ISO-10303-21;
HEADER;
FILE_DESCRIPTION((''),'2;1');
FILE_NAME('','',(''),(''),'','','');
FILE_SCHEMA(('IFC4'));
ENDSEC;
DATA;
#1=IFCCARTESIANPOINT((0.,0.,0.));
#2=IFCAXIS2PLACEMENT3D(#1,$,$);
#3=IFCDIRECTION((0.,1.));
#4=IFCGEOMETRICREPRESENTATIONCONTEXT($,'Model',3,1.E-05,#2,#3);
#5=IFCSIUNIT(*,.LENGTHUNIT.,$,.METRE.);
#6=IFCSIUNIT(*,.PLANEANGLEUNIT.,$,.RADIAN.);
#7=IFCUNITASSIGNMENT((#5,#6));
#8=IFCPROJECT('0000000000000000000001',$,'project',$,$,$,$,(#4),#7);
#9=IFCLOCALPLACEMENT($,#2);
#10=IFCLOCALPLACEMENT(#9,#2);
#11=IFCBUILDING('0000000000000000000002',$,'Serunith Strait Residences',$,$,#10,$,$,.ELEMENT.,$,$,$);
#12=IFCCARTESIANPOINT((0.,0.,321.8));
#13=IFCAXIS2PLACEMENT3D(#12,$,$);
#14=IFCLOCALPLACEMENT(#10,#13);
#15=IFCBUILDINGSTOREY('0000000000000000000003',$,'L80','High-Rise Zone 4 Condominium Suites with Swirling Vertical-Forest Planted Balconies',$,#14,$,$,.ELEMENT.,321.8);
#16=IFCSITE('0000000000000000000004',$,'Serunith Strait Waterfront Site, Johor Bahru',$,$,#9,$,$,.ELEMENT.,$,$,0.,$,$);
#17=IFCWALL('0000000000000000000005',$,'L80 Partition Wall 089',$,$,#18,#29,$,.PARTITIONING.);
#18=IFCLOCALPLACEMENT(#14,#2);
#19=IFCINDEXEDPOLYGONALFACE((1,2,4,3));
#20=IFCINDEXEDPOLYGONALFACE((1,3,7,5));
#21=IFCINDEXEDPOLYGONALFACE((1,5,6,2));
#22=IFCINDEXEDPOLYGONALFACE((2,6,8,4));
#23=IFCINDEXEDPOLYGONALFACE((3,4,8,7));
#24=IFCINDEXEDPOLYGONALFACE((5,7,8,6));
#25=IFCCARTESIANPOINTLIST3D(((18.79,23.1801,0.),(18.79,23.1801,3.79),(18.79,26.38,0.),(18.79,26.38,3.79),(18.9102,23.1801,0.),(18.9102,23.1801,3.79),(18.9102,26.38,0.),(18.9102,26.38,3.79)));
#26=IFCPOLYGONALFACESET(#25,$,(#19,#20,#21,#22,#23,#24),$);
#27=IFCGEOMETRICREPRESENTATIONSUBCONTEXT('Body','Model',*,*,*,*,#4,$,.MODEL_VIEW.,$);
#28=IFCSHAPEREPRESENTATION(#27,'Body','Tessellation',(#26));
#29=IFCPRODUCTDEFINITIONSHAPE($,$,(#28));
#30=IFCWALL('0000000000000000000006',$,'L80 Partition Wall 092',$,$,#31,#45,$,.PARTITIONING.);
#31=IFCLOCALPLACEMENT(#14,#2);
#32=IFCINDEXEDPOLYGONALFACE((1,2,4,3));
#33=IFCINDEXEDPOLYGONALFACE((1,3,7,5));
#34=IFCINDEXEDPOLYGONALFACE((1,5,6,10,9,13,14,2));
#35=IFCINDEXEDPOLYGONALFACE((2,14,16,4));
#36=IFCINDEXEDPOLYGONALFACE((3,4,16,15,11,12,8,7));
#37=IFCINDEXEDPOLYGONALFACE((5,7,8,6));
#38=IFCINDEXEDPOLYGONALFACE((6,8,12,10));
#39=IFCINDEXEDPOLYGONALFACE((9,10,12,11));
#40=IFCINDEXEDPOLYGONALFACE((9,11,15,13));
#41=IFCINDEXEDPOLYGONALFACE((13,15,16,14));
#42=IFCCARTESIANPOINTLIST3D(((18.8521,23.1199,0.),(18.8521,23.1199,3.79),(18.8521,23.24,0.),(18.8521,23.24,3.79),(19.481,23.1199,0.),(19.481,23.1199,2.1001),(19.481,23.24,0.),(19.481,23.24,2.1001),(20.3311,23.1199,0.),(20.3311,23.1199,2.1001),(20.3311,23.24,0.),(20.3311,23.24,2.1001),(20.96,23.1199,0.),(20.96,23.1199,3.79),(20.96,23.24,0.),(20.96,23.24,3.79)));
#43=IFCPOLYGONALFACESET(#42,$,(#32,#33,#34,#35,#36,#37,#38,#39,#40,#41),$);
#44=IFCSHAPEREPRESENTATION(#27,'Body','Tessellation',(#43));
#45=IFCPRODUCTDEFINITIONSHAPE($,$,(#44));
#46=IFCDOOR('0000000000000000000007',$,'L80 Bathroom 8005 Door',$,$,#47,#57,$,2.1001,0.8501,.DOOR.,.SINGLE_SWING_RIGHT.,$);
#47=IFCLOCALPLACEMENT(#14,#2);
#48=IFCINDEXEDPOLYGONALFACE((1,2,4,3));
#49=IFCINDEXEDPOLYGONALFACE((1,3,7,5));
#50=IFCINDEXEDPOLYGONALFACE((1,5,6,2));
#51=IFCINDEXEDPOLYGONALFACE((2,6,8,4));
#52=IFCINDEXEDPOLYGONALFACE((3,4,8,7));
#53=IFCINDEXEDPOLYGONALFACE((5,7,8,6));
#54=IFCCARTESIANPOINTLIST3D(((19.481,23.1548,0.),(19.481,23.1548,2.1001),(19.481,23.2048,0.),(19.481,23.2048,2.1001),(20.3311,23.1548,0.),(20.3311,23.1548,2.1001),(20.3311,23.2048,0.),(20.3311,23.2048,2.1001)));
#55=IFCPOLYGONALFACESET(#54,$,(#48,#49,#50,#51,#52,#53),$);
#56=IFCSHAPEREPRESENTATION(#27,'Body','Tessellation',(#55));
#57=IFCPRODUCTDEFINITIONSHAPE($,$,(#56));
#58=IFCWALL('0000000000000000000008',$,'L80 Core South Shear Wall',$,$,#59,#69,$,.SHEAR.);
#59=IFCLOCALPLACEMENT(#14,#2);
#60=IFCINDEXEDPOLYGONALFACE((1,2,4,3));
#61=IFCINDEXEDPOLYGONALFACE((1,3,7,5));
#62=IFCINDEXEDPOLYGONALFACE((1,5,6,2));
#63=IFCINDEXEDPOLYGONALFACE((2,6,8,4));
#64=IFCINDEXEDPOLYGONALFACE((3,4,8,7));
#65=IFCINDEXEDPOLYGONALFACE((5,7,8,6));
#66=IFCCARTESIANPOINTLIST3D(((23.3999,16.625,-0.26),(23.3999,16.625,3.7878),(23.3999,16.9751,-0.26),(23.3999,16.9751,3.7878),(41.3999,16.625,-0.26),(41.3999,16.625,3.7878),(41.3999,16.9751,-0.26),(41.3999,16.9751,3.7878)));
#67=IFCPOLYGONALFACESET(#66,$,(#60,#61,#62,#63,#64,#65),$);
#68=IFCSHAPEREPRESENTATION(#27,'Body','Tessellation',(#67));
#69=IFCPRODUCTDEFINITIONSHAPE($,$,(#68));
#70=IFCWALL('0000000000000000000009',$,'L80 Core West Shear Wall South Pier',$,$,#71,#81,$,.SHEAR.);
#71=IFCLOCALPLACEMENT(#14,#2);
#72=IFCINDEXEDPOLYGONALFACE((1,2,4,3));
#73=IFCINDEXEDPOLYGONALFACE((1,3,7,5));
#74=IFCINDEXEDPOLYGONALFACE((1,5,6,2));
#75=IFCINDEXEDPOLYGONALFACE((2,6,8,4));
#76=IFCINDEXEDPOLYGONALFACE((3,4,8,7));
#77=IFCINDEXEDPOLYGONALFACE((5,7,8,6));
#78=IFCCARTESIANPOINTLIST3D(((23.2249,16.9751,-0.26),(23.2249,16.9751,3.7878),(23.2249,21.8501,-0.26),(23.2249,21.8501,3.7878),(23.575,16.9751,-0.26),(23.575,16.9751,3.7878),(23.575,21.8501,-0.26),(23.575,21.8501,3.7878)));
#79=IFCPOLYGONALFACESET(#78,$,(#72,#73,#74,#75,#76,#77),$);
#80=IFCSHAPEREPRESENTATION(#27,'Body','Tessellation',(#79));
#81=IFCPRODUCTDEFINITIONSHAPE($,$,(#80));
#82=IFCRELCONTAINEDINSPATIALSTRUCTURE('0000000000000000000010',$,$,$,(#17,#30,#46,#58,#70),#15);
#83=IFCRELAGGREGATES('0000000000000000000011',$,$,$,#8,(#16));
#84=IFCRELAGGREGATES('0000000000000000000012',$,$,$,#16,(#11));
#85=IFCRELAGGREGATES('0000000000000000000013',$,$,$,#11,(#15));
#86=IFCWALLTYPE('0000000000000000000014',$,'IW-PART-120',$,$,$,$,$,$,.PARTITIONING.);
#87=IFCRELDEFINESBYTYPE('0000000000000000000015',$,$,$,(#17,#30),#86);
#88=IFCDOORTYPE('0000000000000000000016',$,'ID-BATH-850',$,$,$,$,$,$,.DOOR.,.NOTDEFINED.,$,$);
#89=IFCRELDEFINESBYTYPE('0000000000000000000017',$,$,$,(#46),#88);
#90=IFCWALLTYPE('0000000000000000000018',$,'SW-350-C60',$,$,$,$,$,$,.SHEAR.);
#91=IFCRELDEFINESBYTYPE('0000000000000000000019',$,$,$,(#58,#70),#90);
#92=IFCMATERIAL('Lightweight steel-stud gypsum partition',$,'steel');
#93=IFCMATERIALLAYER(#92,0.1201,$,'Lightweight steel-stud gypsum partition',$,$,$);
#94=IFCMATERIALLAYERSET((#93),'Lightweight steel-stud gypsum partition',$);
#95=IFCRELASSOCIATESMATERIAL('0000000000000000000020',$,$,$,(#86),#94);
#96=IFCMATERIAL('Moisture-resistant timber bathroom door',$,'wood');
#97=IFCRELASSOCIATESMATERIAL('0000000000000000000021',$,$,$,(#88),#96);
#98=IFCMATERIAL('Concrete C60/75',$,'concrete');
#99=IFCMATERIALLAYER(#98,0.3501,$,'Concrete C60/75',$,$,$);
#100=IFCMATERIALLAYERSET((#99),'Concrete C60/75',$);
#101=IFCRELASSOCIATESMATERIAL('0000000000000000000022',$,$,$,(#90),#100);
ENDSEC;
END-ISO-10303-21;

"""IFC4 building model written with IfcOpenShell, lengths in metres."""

from ifc_helpers import new_model, si_unit, direction, frame, frame_2d, origin, place, context, subcontext, project, spatial, rectangle, extrude, source, transform, mapped, material, layer, layer_set, type_object, element, fill, save


model = new_model("IFC4")

# Units and contexts
model_context = context("Model", 3, precision=1e-05, world=origin(), true_north=direction((0.0, 1.0)))
body_context = subcontext(model_context, "Body", "Model", "MODEL_VIEW")
ifc_project = project(units=[si_unit("LENGTHUNIT", "METRE"), si_unit("PLANEANGLEUNIT", "RADIAN")], contexts=[model_context])

# Site, building, storey
site_placement = place(None, origin())
site = spatial("IfcSite", under=ifc_project, at=site_placement, Name="Serunith Strait Waterfront Site, Johor Bahru", CompositionType="ELEMENT", RefElevation=0.0)
building_placement = place(site_placement, origin())
building = spatial("IfcBuilding", under=site, at=building_placement, Name="Serunith Strait Residences", CompositionType="ELEMENT")
storey_placement = place(building_placement, frame((0.0, 0.0, 321.8)))
storey = spatial("IfcBuildingStorey", under=building, at=storey_placement, Name="L80", Description="High-Rise Zone 4 Condominium Suites with Swirling Vertical-Forest Planted Balconies", CompositionType="ELEMENT", Elevation=321.8)

# Shared definitions
ifc_material_1 = material(Name="Lightweight steel-stud gypsum partition", Category="steel")
ifc_layer_1 = layer(ifc_material_1, 0.1201, Name="Lightweight steel-stud gypsum partition")
ifc_layer_set_1 = layer_set([ifc_layer_1], Name="Lightweight steel-stud gypsum partition")
wall_type_1 = type_object("IfcWallType", Name="IW-PART-120", PredefinedType="PARTITIONING", material=ifc_layer_set_1)
shared_shape_1 = source(origin(), body_context, "Body", "SweptSolid", [
    extrude(rectangle(XDim=0.8501, YDim=2.1001, at=frame_2d((0.425, 1.05))), frame((0.0, 0.0249, 0.0), z_axis=(0.0, -1.0, 0.0), x_axis=(1.0, 0.0, 0.0)), (0.0, 0.0, 1.0), 0.05),
])

# Wall
wall_1_placement = place(storey_placement, frame((18.8501, 23.1799, 0.0), z_axis=(0.0, 0.0, 1.0), x_axis=(0.0, 1.0, 0.0)))
element("IfcWall", 1, at=wall_1_placement, inside=storey, type_object=wall_type_1, Name="L80 Partition Wall 089", PredefinedType="PARTITIONING", context=body_context, shape_type="SweptSolid", body=[
    extrude(rectangle(XDim=3.2, YDim=0.1201, at=frame_2d((1.6001, 0.0))), origin(), (0.0, 0.0, 1.0), 3.79),
])

# Wall, opening, door
wall_2_placement = place(storey_placement, frame((18.8521, 23.1799, 0.0), z_axis=(0.0, 0.0, 1.0), x_axis=(1.0, 0.0, 0.0)))
wall_2 = element("IfcWall", 2, at=wall_2_placement, inside=storey, type_object=wall_type_1, Name="L80 Partition Wall 092", PredefinedType="PARTITIONING", context=body_context, shape_type="SweptSolid", body=[
    extrude(rectangle(XDim=2.1079, YDim=0.1201, at=frame_2d((1.054, 0.0))), origin(), (0.0, 0.0, 1.0), 3.79),
])
opening_1_placement = place(wall_2_placement, frame((0.6289, 0.0, 0.0)))
opening_1 = element("IfcOpeningElement", 3, at=opening_1_placement, cuts=wall_2, PredefinedType="OPENING", context=body_context, shape_type="SweptSolid", body=[
    extrude(rectangle(XDim=0.8501, YDim=2.1001, at=frame_2d((0.425, 1.05))), frame((0.0, 0.0701, 0.0), z_axis=(0.0, -1.0, 0.0), x_axis=(1.0, 0.0, 0.0)), (0.0, 0.0, 1.0), 0.1401),
])
ifc_material_2 = material(Name="Moisture-resistant timber bathroom door", Category="wood")
door_type_1 = type_object("IfcDoorType", Name="ID-BATH-850", OperationType="NOTDEFINED", PredefinedType="DOOR", material=ifc_material_2)
door_1_placement = place(opening_1_placement, origin())
door_1 = element("IfcDoor", 4, at=door_1_placement, inside=storey, type_object=door_type_1, Name="L80 Bathroom 8005 Door", OperationType="SINGLE_SWING_RIGHT", OverallHeight=2.1001, OverallWidth=0.8501, PredefinedType="DOOR", context=body_context, shape_type="MappedRepresentation", body=[
    mapped(shared_shape_1, transform((0.0, 0.0, 0.0), scale=1.0)),
])
fill(opening_1, door_1)

# Walls
ifc_material_3 = material(Name="Concrete C60/75", Category="concrete")
ifc_layer_2 = layer(ifc_material_3, 0.3501, Name="Concrete C60/75")
ifc_layer_set_2 = layer_set([ifc_layer_2], Name="Concrete C60/75")
wall_type_2 = type_object("IfcWallType", Name="SW-350-C60", PredefinedType="SHEAR", material=ifc_layer_set_2)
wall_3_placement = place(storey_placement, frame((23.3999, 16.8, -0.26), z_axis=(0.0, 0.0, 1.0), x_axis=(1.0, 0.0, 0.0)))
element("IfcWall", 5, at=wall_3_placement, inside=storey, type_object=wall_type_2, Name="L80 Core South Shear Wall", PredefinedType="SHEAR", context=body_context, shape_type="SweptSolid", body=[
    extrude(rectangle(XDim=18.0, YDim=0.3501, at=frame_2d((9.0, 0.0))), origin(), (0.0, 0.0, 1.0), 4.0479),
])
wall_4_placement = place(storey_placement, frame((23.3999, 16.9751, -0.26), z_axis=(0.0, 0.0, 1.0), x_axis=(0.0, 1.0, 0.0)))
element("IfcWall", 6, at=wall_4_placement, inside=storey, type_object=wall_type_2, Name="L80 Core West Shear Wall South Pier", PredefinedType="SHEAR", context=body_context, shape_type="SweptSolid", body=[
    extrude(rectangle(XDim=4.875, YDim=0.3501, at=frame_2d((2.4375, 0.0))), origin(), (0.0, 0.0, 1.0), 4.0479),
])

save(model, "model.ifc")
